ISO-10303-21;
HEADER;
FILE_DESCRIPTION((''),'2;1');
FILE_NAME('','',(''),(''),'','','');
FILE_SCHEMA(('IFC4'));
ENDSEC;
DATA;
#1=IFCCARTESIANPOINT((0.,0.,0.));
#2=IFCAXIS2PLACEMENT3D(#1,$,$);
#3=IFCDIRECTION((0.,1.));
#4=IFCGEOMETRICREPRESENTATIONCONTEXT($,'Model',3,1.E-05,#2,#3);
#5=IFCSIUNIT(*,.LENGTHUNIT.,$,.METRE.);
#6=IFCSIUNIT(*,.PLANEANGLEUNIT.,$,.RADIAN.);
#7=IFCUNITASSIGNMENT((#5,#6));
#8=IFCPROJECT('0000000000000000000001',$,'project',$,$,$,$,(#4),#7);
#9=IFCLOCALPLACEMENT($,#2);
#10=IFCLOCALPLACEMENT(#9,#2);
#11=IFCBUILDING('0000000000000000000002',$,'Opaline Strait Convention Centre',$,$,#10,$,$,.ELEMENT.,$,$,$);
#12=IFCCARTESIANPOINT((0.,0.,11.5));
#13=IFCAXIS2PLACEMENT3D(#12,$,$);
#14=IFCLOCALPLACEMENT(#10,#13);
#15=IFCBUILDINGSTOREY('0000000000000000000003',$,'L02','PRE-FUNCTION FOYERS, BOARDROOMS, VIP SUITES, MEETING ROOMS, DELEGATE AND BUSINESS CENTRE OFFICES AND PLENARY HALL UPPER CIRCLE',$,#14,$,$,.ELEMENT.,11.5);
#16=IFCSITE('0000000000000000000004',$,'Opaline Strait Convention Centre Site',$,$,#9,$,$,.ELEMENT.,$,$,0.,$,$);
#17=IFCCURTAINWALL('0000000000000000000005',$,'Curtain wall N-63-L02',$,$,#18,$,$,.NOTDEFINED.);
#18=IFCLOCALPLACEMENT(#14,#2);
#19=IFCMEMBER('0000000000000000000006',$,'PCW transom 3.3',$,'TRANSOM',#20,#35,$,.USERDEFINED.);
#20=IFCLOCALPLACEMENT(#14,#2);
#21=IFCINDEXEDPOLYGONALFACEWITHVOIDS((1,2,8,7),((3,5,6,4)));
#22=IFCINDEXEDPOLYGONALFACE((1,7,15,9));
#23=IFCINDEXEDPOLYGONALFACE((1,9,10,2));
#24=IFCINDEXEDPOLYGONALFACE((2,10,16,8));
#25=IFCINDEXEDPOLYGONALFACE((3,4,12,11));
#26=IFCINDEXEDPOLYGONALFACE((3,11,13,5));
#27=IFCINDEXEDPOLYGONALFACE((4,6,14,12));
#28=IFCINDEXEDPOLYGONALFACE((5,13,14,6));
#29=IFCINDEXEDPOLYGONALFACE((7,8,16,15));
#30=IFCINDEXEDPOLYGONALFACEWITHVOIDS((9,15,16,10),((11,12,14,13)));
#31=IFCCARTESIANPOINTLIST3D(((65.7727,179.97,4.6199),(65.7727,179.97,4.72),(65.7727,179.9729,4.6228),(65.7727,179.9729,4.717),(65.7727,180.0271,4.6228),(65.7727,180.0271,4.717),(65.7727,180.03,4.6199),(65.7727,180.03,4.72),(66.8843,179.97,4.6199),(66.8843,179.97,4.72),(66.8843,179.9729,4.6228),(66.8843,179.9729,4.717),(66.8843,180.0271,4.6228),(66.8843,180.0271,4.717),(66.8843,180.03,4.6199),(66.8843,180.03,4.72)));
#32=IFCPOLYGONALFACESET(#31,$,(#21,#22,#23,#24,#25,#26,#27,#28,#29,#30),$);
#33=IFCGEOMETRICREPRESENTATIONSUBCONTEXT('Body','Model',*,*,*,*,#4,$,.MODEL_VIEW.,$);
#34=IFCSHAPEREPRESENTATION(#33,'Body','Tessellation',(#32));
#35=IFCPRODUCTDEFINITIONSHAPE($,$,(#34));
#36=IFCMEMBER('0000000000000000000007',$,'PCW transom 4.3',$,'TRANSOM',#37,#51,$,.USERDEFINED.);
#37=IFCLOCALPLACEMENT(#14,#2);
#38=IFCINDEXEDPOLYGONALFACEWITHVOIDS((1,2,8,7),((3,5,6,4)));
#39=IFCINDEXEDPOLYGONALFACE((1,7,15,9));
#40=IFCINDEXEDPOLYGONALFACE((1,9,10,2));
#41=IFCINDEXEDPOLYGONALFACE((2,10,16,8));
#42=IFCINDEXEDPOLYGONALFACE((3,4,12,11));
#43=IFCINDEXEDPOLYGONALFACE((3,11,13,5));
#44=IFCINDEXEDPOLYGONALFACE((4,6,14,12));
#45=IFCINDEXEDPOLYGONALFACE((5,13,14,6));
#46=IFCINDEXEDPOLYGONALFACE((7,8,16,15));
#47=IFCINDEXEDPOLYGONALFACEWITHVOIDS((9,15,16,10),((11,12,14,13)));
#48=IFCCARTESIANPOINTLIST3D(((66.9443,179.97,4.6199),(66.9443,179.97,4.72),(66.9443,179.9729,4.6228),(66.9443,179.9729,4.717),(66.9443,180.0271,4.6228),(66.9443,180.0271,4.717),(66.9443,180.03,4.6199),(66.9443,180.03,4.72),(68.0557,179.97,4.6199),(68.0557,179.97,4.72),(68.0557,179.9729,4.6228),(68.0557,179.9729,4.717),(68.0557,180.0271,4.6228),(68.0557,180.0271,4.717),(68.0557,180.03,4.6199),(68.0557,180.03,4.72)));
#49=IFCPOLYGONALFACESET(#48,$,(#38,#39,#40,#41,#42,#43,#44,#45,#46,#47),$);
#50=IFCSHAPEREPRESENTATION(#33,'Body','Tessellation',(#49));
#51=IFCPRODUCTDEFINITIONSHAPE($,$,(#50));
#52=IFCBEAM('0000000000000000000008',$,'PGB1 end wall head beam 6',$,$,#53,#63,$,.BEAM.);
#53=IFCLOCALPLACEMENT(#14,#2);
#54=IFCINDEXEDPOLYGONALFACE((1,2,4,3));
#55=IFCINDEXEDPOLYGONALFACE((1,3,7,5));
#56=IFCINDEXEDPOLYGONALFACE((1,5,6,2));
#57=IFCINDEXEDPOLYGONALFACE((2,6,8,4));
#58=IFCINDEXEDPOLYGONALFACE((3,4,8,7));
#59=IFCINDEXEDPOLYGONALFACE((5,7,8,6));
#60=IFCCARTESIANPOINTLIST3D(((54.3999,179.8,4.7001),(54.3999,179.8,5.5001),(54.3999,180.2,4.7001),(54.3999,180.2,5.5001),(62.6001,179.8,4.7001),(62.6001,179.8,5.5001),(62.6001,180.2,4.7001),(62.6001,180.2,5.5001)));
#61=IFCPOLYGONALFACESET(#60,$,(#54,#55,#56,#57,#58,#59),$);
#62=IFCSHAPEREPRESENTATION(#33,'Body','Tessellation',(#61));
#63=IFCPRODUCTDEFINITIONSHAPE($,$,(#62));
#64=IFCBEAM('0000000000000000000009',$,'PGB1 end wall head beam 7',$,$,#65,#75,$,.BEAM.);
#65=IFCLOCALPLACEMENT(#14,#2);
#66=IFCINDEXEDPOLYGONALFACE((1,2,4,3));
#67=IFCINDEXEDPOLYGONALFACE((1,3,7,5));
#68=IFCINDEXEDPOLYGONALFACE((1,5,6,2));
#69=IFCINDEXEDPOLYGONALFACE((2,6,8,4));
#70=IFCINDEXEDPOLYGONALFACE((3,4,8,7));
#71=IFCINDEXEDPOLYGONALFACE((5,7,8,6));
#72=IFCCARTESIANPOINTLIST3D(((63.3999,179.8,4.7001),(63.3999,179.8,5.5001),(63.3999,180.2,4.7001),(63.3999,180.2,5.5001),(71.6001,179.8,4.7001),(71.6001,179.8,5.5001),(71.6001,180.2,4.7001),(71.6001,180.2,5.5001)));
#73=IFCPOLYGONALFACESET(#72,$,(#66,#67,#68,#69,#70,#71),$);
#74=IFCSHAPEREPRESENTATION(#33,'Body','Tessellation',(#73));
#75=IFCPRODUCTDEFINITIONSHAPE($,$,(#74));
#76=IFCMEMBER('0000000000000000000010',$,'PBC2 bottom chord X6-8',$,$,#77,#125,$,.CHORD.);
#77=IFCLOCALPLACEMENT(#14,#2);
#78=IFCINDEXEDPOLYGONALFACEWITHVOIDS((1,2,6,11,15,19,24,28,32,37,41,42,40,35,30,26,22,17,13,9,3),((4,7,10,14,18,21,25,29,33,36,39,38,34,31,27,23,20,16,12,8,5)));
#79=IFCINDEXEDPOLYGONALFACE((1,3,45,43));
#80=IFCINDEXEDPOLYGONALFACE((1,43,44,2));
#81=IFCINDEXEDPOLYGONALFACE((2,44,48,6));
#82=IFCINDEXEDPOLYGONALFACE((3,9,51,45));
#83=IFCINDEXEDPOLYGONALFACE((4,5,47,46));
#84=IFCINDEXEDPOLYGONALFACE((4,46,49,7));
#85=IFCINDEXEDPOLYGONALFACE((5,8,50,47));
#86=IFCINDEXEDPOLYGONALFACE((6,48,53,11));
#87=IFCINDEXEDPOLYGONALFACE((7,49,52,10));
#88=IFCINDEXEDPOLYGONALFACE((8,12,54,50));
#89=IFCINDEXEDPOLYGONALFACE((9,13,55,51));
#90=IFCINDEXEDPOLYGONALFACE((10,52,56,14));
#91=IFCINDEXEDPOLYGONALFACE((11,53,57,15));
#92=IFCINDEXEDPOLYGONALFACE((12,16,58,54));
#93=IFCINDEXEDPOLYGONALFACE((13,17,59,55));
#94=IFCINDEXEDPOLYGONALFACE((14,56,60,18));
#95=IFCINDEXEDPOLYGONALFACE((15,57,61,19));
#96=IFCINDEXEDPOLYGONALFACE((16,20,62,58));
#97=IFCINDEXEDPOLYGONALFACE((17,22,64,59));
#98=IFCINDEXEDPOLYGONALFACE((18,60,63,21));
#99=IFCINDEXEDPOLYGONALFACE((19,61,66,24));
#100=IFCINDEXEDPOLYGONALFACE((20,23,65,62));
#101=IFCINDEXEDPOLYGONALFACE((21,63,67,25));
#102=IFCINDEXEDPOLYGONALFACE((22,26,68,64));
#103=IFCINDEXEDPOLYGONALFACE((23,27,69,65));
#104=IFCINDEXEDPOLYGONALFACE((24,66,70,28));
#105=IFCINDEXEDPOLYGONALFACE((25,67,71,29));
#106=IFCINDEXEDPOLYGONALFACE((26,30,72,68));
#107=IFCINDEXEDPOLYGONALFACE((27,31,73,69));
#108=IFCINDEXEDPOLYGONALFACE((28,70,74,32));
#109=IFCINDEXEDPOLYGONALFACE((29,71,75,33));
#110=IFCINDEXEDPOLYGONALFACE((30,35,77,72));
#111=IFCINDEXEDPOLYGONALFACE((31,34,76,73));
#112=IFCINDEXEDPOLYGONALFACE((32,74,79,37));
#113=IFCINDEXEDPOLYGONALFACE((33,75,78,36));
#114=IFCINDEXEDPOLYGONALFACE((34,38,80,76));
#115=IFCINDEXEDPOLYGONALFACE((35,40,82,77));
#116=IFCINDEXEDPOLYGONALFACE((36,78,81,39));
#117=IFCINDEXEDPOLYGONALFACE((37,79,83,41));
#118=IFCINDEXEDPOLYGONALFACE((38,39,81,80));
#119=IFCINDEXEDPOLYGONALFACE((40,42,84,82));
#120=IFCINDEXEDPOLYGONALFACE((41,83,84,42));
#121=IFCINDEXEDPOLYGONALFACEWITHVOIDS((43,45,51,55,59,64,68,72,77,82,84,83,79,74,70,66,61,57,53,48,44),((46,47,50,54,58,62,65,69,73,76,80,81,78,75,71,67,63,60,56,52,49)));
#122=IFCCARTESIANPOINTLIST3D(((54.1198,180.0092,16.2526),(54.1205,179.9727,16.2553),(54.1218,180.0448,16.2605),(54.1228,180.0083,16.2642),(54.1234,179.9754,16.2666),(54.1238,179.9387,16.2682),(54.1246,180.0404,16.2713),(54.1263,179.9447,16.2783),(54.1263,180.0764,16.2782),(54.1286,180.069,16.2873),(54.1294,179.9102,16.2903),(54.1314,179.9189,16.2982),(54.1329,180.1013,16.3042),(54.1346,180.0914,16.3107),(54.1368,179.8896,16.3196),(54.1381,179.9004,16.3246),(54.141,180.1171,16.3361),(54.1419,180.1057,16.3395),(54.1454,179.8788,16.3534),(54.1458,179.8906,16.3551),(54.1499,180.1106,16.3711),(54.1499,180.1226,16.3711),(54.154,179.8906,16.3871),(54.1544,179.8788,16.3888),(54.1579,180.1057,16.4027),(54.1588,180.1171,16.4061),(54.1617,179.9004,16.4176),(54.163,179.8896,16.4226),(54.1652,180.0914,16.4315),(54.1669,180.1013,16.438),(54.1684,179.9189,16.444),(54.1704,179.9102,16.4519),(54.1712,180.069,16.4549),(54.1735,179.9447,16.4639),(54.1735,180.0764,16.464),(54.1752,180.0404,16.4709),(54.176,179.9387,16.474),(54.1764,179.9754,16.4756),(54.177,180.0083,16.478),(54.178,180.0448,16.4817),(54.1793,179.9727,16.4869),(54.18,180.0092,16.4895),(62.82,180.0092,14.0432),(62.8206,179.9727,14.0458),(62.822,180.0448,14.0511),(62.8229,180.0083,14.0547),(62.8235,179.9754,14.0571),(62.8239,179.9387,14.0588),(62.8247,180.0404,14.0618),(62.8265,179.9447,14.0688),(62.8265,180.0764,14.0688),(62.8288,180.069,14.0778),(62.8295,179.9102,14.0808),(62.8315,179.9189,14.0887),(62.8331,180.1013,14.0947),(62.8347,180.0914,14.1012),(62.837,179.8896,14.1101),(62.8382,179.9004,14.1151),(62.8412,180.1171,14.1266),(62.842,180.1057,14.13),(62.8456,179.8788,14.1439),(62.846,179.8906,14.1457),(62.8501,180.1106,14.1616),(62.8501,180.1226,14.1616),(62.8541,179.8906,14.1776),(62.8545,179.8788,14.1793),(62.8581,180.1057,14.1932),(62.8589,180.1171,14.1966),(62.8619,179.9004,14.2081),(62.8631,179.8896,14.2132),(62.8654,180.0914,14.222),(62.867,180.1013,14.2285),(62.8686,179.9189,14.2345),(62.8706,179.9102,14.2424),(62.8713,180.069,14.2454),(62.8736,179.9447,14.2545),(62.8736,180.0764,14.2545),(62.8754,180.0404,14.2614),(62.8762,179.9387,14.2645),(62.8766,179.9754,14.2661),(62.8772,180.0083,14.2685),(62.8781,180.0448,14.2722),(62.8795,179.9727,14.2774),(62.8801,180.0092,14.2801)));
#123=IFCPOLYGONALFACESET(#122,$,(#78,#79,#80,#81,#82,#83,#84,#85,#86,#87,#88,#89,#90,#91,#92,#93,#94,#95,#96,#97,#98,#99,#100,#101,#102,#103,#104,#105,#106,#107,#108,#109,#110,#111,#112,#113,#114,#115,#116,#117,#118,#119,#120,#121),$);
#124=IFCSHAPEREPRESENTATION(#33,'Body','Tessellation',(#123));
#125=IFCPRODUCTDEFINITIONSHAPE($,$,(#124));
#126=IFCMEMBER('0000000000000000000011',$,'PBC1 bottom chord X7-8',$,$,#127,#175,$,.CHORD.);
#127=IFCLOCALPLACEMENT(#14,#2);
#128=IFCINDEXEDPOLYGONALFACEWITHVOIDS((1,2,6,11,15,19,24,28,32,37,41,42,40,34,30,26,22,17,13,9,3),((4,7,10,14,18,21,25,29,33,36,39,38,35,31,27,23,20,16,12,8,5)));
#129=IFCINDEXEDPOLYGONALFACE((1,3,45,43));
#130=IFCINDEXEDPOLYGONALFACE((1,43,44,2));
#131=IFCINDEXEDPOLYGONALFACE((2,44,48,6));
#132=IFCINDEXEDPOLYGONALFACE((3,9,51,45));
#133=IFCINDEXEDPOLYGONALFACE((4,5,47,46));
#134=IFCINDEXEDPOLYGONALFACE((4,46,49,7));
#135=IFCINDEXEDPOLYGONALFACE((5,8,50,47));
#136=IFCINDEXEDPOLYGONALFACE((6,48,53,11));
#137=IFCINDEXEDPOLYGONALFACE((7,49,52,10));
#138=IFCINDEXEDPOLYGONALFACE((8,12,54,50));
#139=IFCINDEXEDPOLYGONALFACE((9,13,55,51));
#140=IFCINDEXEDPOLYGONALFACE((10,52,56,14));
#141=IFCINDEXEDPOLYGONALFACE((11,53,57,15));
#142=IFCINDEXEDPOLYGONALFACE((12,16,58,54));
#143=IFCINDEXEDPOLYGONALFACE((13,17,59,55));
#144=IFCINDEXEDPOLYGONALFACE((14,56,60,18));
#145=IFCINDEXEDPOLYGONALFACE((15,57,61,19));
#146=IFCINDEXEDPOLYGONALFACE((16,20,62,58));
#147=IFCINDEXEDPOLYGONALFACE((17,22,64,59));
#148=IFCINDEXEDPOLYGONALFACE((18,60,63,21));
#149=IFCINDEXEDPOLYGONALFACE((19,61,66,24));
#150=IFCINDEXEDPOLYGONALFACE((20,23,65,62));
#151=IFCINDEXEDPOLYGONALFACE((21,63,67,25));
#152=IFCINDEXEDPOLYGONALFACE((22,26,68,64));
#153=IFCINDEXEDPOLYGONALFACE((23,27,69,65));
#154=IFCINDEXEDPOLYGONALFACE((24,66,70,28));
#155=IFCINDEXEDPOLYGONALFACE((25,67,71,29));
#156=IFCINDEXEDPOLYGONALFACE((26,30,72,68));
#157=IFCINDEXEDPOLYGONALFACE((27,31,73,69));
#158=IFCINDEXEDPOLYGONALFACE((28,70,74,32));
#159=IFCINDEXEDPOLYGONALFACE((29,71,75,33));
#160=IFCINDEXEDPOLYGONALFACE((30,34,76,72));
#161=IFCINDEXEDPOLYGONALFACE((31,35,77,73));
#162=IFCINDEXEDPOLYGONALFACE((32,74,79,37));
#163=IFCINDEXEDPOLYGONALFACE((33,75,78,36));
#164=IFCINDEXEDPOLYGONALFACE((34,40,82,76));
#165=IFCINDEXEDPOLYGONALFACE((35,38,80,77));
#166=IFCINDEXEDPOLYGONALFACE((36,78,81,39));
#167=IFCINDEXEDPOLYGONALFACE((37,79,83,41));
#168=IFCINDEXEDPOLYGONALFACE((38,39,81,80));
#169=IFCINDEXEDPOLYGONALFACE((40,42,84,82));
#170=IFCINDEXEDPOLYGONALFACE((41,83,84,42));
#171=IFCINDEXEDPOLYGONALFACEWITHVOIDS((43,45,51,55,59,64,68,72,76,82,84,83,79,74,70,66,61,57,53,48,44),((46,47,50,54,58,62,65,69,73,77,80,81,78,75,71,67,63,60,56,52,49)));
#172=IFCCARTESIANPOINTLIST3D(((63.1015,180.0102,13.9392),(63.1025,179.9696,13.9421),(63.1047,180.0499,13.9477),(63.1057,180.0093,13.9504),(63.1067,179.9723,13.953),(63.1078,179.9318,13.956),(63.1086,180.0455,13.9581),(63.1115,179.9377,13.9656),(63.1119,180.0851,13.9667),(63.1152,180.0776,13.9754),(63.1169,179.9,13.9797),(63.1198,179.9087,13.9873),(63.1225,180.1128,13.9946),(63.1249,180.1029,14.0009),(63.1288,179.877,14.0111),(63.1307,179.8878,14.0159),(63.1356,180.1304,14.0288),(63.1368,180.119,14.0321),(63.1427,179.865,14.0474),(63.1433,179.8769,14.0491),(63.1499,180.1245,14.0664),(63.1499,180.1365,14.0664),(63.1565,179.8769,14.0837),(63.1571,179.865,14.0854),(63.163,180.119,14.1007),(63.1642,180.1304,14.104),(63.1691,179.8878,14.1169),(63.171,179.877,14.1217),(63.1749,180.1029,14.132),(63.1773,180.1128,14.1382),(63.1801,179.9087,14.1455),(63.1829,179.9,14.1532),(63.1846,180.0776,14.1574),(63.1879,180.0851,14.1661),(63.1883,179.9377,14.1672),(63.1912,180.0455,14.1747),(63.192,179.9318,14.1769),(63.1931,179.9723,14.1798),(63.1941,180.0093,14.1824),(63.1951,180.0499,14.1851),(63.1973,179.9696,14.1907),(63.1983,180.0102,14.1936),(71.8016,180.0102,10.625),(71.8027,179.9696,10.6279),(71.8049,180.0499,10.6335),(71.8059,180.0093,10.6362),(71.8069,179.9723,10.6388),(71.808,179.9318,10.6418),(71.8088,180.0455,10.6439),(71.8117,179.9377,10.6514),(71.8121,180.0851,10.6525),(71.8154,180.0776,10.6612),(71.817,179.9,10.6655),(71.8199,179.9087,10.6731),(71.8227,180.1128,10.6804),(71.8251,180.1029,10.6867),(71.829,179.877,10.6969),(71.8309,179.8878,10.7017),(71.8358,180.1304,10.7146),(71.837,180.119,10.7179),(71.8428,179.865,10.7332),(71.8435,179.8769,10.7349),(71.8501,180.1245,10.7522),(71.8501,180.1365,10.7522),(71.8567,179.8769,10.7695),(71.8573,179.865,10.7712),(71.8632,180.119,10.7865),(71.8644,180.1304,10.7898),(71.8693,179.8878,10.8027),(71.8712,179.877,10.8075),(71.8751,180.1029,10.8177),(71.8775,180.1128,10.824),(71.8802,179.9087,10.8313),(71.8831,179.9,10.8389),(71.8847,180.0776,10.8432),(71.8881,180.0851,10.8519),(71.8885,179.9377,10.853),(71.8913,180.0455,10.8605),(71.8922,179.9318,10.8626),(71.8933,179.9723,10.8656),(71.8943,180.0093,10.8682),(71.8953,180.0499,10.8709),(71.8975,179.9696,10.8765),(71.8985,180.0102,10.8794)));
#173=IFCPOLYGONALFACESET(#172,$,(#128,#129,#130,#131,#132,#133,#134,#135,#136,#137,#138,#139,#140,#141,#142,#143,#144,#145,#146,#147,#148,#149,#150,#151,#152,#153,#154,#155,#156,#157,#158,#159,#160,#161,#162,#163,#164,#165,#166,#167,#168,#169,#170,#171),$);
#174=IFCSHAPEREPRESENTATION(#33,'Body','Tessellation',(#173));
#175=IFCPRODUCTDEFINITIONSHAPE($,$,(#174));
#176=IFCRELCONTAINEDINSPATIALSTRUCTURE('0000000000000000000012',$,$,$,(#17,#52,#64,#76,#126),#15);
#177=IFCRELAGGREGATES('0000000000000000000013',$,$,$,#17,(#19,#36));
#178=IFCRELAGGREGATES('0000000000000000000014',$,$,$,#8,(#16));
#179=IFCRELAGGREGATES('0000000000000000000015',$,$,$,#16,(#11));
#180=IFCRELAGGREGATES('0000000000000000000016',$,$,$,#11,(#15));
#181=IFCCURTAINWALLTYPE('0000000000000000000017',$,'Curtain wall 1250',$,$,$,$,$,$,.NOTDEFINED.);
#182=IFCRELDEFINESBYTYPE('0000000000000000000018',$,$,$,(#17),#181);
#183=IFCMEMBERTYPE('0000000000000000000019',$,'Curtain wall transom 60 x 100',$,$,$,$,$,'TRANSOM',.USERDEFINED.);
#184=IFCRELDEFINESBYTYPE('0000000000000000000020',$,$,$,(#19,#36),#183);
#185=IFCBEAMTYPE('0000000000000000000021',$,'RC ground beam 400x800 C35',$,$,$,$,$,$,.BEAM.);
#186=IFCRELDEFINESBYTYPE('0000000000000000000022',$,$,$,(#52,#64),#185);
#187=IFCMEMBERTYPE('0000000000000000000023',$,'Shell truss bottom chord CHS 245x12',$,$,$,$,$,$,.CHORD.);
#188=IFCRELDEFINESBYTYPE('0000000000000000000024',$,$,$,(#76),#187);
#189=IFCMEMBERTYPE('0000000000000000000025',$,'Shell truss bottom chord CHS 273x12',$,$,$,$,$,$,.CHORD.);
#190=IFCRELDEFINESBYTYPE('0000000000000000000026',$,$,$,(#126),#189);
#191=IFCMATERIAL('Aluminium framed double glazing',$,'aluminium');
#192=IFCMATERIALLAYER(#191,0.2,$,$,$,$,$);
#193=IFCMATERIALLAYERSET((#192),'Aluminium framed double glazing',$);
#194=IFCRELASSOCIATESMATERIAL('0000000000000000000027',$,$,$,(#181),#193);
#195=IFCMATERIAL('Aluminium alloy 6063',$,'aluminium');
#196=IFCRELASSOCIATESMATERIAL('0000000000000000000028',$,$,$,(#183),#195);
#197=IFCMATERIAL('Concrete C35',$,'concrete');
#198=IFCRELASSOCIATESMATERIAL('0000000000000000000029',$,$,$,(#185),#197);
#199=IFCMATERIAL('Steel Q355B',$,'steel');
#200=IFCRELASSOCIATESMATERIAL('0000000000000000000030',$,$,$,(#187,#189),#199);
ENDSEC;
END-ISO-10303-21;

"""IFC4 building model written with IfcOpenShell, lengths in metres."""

from ifc_helpers import new_model, si_unit, direction, frame, origin, origin_2d, place, context, subcontext, project, spatial, rectangle, hollow_rectangle, hollow_circle, extrude, material, layer, layer_set, material_profile, profile_set, type_object, element, aggregate, save


model = new_model("IFC4")

# Units and contexts
model_context = context("Model", 3, precision=1e-05, world=origin(), true_north=direction((0.0, 1.0)))
body_context = subcontext(model_context, "Body", "Model", "MODEL_VIEW")
ifc_project = project(units=[si_unit("LENGTHUNIT", "METRE"), si_unit("PLANEANGLEUNIT", "RADIAN")], contexts=[model_context])

# Site, building, storey
site_placement = place(None, origin())
site = spatial("IfcSite", under=ifc_project, at=site_placement, Name="Opaline Strait Convention Centre Site", CompositionType="ELEMENT", RefElevation=0.0)
building_placement = place(site_placement, origin())
building = spatial("IfcBuilding", under=site, at=building_placement, Name="Opaline Strait Convention Centre", CompositionType="ELEMENT")
storey_placement = place(building_placement, frame((0.0, 0.0, 11.5)))
storey = spatial("IfcBuildingStorey", under=building, at=storey_placement, Name="L02", Description="PRE-FUNCTION FOYERS, BOARDROOMS, VIP SUITES, MEETING ROOMS, DELEGATE AND BUSINESS CENTRE OFFICES AND PLENARY HALL UPPER CIRCLE", CompositionType="ELEMENT", Elevation=11.5)

# Curtain wall, members
ifc_material_1 = material(Name="Aluminium framed double glazing", Category="aluminium")
ifc_layer_1 = layer(ifc_material_1, 0.2)
ifc_layer_set_1 = layer_set([ifc_layer_1], Name="Aluminium framed double glazing")
curtain_wall_type = type_object("IfcCurtainWallType", Name="Curtain wall 1250", PredefinedType="NOTDEFINED", material=ifc_layer_set_1)
curtain_wall_placement = place(storey_placement, origin())
curtain_wall = element("IfcCurtainWall", 1, at=curtain_wall_placement, inside=storey, type_object=curtain_wall_type, Name="Curtain wall N-63-L02", PredefinedType="NOTDEFINED")
ifc_material_2 = material(Name="Aluminium alloy 6063", Category="aluminium")
ifc_material_profile_1 = material_profile(ifc_material_2, hollow_rectangle(XDim=0.0601, YDim=0.1001, WallThickness=0.0029, at=origin_2d()), Name="TRANSOM 60x100x3")
ifc_profile_set_1 = profile_set([ifc_material_profile_1], Name="Aluminium alloy 6063")
member_type_1 = type_object("IfcMemberType", Name="Curtain wall transom 60 x 100", ElementType="TRANSOM", PredefinedType="USERDEFINED", material=ifc_profile_set_1)
member_1_placement = place(storey_placement, frame((65.7727, 180.0, 4.6699), z_axis=(1.0, 0.0, 0.0), x_axis=(0.0, 1.0, 0.0)))
member_1 = element("IfcMember", 2, at=member_1_placement, type_object=member_type_1, Name="PCW transom 3.3", ObjectType="TRANSOM", PredefinedType="USERDEFINED", context=body_context, shape_type="SweptSolid", body=[
    extrude(hollow_rectangle(XDim=0.0601, YDim=0.1001, WallThickness=0.0029, at=origin_2d()), origin(), (0.0, 0.0, 1.0), 1.1116),
])
member_2_placement = place(storey_placement, frame((66.9443, 180.0, 4.6699), z_axis=(1.0, 0.0, 0.0), x_axis=(0.0, 1.0, 0.0)))
member_2 = element("IfcMember", 3, at=member_2_placement, type_object=member_type_1, Name="PCW transom 4.3", ObjectType="TRANSOM", PredefinedType="USERDEFINED", context=body_context, shape_type="SweptSolid", body=[
    extrude(hollow_rectangle(XDim=0.0601, YDim=0.1001, WallThickness=0.0029, at=origin_2d()), origin(), (0.0, 0.0, 1.0), 1.1113),
])
aggregate(curtain_wall, [member_1, member_2])

# Beams
ifc_material_3 = material(Name="Concrete C35", Category="concrete")
ifc_material_profile_2 = material_profile(ifc_material_3, rectangle(XDim=0.3999, YDim=0.8, at=origin_2d()), Name="RC 400x800")
ifc_profile_set_2 = profile_set([ifc_material_profile_2], Name="Concrete C35")
beam_type = type_object("IfcBeamType", Name="RC ground beam 400x800 C35", PredefinedType="BEAM", material=ifc_profile_set_2)
for number, where, z_axis, x_axis, name in (
    (4, (54.3999, 180.0, 5.1001), (1.0, 0.0, 0.0), (0.0, 1.0, 0.0), "PGB1 end wall head beam 6"),
    (5, (63.3999, 180.0, 5.1001), (1.0, 0.0, 0.0), (0.0, 1.0, 0.0), "PGB1 end wall head beam 7"),
):
    element("IfcBeam", number, at=place(storey_placement, frame(where, z_axis=z_axis, x_axis=x_axis)), inside=storey, type_object=beam_type, Name=name, PredefinedType="BEAM", context=body_context, shape_type="SweptSolid", body=[
        extrude(rectangle(XDim=0.3999, YDim=0.8, at=origin_2d()), origin(), (0.0, 0.0, 1.0), 8.2002),
    ])

# Members
ifc_material_4 = material(Name="Steel Q355B", Category="steel")
ifc_material_profile_3 = material_profile(ifc_material_4, hollow_circle(Radius=0.1226, WallThickness=0.012, at=origin_2d()), Name="CHS 245x12")
ifc_profile_set_3 = profile_set([ifc_material_profile_3], Name="Steel Q355B")
member_type_2 = type_object("IfcMemberType", Name="Shell truss bottom chord CHS 245x12", PredefinedType="CHORD", material=ifc_profile_set_3)
member_3_placement = place(storey_placement, frame((54.1499, 180.0, 16.3711), z_axis=(0.969233, 0.0, -0.246143), x_axis=(0.0, 1.0, 0.0)))
element("IfcMember", 6, at=member_3_placement, inside=storey, type_object=member_type_2, Name="PBC2 bottom chord X6-8", PredefinedType="CHORD", context=body_context, shape_type="SweptSolid", body=[
    extrude(hollow_circle(Radius=0.1226, WallThickness=0.012, at=origin_2d()), origin(), (0.0, 0.0, 1.0), 8.9763),
])
ifc_material_profile_4 = material_profile(ifc_material_4, hollow_circle(Radius=0.1365, WallThickness=0.012, at=origin_2d()), Name="CHS 273x12")
ifc_profile_set_4 = profile_set([ifc_material_profile_4], Name="Steel Q355B")
member_type_3 = type_object("IfcMemberType", Name="Shell truss bottom chord CHS 273x12", PredefinedType="CHORD", material=ifc_profile_set_4)
member_4_placement = place(storey_placement, frame((63.1499, 180.0, 14.0664), z_axis=(0.934493, 0.0, -0.355981), x_axis=(0.0, 1.0, 0.0)))
element("IfcMember", 7, at=member_4_placement, inside=storey, type_object=member_type_3, Name="PBC1 bottom chord X7-8", PredefinedType="CHORD", context=body_context, shape_type="SweptSolid", body=[
    extrude(hollow_circle(Radius=0.1365, WallThickness=0.012, at=origin_2d()), origin(), (0.0, 0.0, 1.0), 9.3101),
])

save(model, "model.ifc")
